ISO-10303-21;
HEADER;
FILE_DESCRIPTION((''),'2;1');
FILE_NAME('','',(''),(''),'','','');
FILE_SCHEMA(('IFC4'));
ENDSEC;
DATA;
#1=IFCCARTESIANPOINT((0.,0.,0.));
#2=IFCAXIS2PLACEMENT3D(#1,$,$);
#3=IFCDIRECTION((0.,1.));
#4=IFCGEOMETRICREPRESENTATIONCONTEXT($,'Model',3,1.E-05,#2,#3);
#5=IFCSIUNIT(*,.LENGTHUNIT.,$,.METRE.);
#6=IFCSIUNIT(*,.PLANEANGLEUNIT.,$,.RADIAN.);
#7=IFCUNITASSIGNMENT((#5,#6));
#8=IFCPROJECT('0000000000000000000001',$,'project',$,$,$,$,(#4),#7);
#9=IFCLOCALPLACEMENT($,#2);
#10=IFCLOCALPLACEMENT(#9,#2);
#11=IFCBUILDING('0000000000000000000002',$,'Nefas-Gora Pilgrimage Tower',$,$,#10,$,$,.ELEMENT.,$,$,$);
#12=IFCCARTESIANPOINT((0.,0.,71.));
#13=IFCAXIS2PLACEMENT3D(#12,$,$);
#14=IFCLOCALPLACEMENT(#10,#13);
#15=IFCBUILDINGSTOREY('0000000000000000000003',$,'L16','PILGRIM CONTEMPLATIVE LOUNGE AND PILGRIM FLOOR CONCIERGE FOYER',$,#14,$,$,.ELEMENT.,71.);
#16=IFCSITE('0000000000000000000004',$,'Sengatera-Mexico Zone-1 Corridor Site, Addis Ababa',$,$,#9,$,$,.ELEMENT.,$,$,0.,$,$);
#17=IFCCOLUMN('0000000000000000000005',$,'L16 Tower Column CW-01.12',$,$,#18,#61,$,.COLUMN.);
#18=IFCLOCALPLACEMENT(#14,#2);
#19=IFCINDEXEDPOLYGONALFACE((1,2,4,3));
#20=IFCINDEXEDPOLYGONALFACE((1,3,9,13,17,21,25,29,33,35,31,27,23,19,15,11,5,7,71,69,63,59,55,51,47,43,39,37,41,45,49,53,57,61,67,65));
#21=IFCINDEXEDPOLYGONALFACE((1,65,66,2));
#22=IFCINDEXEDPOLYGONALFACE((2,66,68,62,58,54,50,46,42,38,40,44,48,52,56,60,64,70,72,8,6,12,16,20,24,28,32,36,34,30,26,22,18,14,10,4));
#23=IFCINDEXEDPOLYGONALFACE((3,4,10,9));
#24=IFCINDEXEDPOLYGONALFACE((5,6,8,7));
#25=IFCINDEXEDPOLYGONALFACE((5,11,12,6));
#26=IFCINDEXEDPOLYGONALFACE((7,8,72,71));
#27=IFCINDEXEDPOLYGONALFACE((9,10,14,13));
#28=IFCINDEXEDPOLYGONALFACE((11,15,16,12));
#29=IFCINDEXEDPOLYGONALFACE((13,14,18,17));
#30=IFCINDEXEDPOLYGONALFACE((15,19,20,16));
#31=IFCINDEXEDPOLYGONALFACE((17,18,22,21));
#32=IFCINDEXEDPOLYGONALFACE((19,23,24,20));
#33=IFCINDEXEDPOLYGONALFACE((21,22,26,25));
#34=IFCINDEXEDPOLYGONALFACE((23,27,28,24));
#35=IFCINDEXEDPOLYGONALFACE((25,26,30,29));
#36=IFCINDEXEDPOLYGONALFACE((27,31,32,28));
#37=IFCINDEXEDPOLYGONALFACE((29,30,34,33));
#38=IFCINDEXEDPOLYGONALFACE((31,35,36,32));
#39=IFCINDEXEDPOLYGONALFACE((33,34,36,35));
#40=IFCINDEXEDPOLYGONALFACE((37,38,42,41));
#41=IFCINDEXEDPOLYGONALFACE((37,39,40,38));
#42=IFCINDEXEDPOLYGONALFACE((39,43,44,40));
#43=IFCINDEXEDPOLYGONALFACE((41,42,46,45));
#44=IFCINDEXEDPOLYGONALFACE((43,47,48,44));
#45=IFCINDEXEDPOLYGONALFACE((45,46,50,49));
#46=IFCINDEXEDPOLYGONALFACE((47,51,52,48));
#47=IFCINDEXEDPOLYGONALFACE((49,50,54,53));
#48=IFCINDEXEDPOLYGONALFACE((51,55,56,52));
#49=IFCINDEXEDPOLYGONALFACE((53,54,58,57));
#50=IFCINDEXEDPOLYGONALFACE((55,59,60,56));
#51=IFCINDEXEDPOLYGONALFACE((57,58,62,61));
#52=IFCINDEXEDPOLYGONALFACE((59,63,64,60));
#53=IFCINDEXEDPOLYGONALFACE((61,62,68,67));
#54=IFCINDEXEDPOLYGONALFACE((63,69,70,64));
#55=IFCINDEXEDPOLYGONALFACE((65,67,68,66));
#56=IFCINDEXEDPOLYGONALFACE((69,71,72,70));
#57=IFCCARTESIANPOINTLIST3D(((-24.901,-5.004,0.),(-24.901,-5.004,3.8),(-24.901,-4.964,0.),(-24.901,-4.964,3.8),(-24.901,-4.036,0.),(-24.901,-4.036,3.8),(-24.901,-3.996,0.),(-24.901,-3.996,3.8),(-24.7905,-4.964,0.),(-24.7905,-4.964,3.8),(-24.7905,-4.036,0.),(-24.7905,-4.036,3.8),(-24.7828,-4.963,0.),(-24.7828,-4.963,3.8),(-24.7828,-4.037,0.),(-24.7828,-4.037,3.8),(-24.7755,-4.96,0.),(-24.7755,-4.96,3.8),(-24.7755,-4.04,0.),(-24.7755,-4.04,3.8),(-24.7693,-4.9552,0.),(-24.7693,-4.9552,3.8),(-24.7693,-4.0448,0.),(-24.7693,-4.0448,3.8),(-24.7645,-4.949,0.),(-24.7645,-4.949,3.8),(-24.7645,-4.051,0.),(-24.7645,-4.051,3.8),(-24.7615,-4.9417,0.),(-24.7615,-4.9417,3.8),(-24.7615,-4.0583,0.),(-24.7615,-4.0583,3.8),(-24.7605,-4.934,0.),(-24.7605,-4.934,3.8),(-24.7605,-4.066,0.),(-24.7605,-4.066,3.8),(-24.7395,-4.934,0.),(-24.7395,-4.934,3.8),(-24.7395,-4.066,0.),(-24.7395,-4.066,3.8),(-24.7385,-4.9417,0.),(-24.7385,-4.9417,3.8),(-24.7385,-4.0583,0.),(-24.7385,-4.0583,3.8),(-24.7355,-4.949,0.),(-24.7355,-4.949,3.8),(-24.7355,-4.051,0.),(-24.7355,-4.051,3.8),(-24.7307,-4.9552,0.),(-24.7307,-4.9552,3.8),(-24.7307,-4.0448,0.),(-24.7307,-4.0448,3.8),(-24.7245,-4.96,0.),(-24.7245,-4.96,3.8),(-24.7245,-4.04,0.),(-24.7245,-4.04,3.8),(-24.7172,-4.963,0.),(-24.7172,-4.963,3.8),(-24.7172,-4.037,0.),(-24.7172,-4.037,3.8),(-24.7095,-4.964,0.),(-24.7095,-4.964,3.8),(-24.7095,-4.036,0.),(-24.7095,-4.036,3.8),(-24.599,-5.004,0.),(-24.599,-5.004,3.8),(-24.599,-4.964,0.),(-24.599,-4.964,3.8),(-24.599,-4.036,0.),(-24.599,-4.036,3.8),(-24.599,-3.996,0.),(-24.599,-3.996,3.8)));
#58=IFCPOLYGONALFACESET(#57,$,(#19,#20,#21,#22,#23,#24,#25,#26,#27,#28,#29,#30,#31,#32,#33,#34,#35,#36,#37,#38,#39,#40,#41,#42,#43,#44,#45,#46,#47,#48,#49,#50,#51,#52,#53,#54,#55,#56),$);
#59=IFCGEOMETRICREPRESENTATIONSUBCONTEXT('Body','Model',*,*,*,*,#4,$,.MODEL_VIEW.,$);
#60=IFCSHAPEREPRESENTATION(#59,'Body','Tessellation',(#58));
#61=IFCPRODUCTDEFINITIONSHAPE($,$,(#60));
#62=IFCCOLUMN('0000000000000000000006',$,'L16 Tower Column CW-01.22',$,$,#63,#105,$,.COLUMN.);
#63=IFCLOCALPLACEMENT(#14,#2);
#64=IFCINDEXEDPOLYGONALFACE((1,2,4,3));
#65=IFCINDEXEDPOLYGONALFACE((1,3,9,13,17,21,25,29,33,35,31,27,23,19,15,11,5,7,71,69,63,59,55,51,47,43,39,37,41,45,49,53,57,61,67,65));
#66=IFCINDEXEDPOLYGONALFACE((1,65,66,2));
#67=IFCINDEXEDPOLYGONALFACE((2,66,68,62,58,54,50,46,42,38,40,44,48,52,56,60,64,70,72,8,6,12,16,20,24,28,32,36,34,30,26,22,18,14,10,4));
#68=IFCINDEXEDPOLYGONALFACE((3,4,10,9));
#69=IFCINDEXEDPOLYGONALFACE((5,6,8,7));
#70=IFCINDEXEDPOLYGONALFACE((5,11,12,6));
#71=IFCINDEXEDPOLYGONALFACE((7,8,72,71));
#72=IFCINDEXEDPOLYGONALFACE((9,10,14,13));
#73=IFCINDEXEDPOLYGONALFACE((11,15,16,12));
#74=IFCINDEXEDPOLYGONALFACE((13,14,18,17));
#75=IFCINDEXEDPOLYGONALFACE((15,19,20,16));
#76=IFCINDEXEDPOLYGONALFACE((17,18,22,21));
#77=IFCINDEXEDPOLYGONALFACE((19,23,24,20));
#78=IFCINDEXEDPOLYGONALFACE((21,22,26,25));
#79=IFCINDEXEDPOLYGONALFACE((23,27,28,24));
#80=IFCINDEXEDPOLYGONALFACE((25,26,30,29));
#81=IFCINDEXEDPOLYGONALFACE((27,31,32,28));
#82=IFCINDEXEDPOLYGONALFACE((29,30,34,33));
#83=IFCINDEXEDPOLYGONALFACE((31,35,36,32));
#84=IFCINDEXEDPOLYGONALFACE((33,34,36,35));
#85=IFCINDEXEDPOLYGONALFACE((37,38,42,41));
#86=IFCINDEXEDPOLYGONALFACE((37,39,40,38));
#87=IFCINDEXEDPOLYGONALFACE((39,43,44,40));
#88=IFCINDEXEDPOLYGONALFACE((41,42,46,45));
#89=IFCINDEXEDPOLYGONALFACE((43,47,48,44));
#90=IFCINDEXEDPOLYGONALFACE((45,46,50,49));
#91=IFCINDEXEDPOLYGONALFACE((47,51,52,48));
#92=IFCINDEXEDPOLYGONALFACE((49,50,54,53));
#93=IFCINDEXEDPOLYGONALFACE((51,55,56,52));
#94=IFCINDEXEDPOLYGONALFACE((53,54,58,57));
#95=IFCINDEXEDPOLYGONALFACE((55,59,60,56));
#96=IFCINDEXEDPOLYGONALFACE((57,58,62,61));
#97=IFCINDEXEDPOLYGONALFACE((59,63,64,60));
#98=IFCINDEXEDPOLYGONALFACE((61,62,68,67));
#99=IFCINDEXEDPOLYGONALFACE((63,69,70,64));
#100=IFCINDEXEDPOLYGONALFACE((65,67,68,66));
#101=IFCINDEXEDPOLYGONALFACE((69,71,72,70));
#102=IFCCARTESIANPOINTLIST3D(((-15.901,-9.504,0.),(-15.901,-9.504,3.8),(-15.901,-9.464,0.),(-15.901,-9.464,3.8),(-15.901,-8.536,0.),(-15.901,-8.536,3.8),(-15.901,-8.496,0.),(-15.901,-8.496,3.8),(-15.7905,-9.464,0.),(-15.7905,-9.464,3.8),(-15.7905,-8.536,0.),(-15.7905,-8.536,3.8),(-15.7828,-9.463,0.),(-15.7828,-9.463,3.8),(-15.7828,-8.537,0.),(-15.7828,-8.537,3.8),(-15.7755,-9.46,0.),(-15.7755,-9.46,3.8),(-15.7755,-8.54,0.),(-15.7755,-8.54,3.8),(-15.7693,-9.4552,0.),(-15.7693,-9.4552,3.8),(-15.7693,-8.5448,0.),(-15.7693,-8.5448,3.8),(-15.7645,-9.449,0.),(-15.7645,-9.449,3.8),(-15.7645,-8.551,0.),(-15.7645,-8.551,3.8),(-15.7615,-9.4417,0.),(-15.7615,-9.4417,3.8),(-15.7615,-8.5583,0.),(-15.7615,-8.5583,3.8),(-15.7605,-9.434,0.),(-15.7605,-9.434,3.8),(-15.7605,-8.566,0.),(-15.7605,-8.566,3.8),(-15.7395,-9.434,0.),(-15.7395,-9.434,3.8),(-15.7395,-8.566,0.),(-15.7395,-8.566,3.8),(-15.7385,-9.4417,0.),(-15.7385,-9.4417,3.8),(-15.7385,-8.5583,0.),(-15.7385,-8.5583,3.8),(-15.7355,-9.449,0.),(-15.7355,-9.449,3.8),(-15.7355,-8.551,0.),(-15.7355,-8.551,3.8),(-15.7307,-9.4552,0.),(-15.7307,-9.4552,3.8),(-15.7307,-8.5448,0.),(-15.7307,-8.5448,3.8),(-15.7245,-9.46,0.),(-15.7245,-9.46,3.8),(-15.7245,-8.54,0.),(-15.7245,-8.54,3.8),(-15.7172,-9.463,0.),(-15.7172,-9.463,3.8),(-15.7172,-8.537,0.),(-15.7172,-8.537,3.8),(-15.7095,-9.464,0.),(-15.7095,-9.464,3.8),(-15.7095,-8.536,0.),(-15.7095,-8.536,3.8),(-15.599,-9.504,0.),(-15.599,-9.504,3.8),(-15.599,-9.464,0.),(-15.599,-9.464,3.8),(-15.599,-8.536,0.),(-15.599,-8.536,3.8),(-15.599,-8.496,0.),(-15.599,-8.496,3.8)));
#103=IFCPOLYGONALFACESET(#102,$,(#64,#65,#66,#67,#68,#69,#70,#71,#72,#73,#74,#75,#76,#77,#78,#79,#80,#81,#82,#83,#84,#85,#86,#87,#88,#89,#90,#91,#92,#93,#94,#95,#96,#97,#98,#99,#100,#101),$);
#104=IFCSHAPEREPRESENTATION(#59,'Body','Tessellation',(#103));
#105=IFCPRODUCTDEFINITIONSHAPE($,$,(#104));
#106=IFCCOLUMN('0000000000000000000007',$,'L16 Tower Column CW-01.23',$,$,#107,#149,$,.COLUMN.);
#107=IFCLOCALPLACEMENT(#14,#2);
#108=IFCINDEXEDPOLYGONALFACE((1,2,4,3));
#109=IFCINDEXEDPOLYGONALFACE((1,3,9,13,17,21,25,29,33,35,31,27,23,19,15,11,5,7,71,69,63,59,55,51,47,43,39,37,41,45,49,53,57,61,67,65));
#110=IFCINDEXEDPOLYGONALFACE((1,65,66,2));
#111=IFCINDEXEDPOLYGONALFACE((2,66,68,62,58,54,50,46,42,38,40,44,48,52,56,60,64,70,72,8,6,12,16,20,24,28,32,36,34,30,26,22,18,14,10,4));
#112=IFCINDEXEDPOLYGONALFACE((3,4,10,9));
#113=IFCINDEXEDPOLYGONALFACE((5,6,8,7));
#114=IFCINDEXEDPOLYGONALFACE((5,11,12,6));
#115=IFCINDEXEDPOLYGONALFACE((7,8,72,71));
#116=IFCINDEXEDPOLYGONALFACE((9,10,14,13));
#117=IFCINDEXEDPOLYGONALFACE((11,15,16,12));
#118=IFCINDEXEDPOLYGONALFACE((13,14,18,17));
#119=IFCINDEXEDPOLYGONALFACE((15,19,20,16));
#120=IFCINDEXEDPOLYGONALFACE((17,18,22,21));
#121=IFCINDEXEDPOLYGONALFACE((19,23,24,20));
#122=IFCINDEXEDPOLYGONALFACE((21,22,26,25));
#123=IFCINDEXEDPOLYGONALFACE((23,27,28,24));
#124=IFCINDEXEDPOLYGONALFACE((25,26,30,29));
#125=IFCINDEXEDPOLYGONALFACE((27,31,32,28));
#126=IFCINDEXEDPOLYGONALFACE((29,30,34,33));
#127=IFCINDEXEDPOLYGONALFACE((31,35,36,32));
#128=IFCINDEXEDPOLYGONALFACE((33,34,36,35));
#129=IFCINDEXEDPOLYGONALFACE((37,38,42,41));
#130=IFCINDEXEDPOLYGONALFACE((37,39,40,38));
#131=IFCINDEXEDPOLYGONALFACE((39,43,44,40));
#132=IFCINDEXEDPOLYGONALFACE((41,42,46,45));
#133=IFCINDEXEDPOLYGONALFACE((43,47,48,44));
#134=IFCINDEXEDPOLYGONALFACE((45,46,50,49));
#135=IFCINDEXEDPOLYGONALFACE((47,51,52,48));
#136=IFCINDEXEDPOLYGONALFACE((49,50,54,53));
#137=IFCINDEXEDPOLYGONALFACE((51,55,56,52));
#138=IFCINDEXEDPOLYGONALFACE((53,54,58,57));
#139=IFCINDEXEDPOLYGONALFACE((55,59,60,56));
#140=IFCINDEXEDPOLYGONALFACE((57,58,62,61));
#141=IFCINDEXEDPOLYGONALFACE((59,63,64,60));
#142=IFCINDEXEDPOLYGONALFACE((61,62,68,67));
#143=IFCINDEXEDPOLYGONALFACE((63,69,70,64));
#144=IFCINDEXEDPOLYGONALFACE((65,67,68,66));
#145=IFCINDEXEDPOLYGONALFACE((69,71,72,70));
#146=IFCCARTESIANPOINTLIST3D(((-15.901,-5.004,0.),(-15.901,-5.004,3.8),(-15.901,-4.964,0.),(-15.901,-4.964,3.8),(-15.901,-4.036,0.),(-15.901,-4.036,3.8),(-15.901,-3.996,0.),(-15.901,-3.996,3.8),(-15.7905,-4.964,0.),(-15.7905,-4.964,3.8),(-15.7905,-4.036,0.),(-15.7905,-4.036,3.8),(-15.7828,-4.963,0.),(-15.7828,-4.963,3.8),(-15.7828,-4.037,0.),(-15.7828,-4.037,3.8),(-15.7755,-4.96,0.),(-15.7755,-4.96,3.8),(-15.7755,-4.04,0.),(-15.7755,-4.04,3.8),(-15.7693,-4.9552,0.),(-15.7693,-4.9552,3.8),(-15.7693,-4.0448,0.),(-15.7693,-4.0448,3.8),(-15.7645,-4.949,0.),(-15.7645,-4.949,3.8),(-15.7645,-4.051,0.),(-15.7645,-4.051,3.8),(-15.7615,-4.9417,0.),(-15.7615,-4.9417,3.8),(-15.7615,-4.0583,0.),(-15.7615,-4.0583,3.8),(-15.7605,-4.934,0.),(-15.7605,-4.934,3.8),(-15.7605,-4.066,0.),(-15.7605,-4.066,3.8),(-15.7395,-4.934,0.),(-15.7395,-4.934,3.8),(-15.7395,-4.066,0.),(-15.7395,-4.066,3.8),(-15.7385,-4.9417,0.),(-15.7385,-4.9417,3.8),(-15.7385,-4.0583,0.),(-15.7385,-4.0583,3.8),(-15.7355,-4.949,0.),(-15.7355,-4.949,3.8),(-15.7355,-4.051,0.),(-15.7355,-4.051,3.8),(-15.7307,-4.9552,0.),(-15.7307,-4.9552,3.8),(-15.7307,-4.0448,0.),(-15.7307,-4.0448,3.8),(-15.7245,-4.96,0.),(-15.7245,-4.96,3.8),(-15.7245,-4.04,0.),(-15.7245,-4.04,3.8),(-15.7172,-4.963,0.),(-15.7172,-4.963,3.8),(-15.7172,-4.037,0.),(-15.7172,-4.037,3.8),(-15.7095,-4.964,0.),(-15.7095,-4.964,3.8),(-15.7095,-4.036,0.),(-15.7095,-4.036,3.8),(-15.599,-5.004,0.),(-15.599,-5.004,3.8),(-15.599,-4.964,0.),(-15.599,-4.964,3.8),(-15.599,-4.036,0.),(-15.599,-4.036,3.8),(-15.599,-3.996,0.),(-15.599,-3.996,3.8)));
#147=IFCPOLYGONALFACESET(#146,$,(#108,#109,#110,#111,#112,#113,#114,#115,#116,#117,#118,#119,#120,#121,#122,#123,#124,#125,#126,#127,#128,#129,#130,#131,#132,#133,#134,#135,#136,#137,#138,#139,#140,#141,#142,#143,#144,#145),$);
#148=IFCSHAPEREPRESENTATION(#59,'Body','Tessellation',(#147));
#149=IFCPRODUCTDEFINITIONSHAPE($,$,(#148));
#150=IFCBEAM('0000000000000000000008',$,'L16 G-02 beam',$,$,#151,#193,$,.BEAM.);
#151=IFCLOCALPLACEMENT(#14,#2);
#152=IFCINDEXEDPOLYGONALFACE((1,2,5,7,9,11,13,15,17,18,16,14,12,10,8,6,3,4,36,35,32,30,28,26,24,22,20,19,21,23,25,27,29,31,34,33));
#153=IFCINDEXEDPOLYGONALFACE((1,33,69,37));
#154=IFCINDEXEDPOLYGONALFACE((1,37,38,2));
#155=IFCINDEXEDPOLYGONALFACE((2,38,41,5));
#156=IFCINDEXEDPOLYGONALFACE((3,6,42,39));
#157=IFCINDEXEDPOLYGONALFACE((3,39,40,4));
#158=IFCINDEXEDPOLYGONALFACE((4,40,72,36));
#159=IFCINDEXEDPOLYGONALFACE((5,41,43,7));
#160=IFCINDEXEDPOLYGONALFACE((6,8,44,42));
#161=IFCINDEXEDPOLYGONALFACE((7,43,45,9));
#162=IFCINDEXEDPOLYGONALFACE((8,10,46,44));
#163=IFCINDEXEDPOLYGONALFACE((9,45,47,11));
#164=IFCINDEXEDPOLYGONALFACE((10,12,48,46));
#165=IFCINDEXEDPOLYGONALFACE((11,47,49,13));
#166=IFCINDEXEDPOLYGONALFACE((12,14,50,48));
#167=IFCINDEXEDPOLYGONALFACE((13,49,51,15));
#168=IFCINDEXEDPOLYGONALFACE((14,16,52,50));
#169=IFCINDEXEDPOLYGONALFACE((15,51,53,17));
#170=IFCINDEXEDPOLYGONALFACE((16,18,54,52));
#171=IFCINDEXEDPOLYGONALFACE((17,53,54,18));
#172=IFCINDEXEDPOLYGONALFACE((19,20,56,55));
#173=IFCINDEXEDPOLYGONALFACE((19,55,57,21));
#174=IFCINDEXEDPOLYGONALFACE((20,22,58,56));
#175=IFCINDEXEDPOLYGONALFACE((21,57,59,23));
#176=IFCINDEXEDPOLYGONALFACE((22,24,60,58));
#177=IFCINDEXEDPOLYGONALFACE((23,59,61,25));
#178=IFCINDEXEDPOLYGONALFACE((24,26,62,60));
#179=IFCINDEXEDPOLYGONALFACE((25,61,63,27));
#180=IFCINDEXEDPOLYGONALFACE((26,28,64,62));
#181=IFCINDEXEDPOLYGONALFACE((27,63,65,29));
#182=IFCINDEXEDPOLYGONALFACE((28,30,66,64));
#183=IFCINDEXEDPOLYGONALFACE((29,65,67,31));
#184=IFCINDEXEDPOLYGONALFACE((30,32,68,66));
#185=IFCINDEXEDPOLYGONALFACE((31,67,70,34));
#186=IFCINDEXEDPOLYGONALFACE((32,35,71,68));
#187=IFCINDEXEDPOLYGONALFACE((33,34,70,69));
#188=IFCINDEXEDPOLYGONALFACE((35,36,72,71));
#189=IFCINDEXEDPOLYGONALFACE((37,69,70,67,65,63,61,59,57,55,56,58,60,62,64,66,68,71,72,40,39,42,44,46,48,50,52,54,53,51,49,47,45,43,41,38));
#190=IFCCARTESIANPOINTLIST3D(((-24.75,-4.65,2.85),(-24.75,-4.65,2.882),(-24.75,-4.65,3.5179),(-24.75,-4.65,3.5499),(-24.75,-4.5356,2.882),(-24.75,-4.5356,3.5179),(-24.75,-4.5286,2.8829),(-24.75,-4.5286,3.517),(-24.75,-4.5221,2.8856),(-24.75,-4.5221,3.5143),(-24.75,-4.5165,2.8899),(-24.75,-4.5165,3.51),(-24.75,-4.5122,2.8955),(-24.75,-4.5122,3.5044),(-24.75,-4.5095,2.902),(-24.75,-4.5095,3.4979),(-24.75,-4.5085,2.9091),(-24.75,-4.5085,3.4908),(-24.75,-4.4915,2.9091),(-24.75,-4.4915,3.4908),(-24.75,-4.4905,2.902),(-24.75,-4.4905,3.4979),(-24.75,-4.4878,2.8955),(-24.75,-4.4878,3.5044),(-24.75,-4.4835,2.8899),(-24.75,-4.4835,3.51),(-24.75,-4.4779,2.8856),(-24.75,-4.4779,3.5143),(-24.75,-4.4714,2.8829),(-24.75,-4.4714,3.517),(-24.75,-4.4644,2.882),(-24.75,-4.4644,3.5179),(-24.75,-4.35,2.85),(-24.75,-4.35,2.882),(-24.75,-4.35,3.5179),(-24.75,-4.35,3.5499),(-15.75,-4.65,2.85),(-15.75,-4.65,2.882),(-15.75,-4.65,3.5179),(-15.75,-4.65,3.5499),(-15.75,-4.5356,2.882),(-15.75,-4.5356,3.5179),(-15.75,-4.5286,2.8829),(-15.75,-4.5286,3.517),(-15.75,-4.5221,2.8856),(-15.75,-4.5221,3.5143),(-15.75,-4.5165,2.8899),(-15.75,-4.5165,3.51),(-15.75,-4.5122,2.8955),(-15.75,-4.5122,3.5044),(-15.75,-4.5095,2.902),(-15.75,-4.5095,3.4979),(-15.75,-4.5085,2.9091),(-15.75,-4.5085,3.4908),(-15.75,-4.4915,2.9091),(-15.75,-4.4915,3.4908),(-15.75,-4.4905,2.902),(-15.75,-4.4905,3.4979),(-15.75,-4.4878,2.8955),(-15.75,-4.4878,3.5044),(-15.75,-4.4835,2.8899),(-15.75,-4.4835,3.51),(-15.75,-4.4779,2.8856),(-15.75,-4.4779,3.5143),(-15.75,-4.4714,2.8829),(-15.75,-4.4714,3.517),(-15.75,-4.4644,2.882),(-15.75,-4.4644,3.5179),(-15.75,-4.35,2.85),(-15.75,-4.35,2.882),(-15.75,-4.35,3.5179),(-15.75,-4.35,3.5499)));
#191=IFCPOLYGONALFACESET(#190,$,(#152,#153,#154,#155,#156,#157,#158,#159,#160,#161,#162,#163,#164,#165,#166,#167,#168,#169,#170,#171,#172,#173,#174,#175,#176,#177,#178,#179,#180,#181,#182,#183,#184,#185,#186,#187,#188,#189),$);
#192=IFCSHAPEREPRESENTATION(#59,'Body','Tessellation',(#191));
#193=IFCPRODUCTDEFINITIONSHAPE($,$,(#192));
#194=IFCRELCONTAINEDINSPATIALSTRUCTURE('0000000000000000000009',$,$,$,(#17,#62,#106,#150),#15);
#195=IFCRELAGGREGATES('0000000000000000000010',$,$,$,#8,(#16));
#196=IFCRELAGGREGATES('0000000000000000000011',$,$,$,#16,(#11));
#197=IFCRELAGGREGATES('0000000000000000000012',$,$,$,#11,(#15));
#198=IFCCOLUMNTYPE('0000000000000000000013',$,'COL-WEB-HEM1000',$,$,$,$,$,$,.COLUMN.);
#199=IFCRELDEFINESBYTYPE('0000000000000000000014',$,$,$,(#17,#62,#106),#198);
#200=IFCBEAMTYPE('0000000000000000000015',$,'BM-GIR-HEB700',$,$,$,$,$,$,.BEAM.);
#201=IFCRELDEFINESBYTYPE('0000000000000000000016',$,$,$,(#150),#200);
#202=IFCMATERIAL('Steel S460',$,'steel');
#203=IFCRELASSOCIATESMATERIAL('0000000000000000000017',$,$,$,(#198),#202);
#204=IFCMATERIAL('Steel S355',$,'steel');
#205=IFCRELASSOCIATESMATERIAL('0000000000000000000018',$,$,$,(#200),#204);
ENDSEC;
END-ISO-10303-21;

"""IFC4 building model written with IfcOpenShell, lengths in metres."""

from ifc_helpers import new_model, si_unit, direction, frame, origin, origin_2d, place, context, subcontext, project, spatial, i_section, extrude, source, transform, mapped, material, material_profile, profile_set, type_object, element, save


model = new_model("IFC4")

# Units and contexts
model_context = context("Model", 3, precision=1e-05, world=origin(), true_north=direction((0.0, 1.0)))
body_context = subcontext(model_context, "Body", "Model", "MODEL_VIEW")
ifc_project = project(units=[si_unit("LENGTHUNIT", "METRE"), si_unit("PLANEANGLEUNIT", "RADIAN")], contexts=[model_context])

# Site, building, storey
site_placement = place(None, origin())
site = spatial("IfcSite", under=ifc_project, at=site_placement, Name="Sengatera-Mexico Zone-1 Corridor Site, Addis Ababa", CompositionType="ELEMENT", RefElevation=0.0)
building_placement = place(site_placement, origin())
building = spatial("IfcBuilding", under=site, at=building_placement, Name="Nefas-Gora Pilgrimage Tower", CompositionType="ELEMENT")
storey_placement = place(building_placement, frame((0.0, 0.0, 71.0)))
storey = spatial("IfcBuildingStorey", under=building, at=storey_placement, Name="L16", Description="PILGRIM CONTEMPLATIVE LOUNGE AND PILGRIM FLOOR CONCIERGE FOYER", CompositionType="ELEMENT", Elevation=71.0)

# Columns
ifc_material_1 = material(Name="Steel S460", Category="steel")
ifc_material_profile_1 = material_profile(ifc_material_1, i_section(OverallWidth=0.302, OverallDepth=1.0081, WebThickness=0.021, FlangeThickness=0.04, FilletRadius=0.03, at=origin_2d()), Name="HEM 1000")
ifc_profile_set_1 = profile_set([ifc_material_profile_1], Name="Steel S460")
column_type = type_object("IfcColumnType", Name="COL-WEB-HEM1000", PredefinedType="COLUMN", material=ifc_profile_set_1)
shared_shape_1 = source(origin(), body_context, "Body", "SweptSolid", [
    extrude(i_section(OverallWidth=0.302, OverallDepth=1.0081, WebThickness=0.021, FlangeThickness=0.04, FilletRadius=0.03, at=origin_2d()), origin(), (0.0, 0.0, 1.0), 3.8),
])
for number, where, z_axis, x_axis, name in (
    (1, (-24.75, -4.5, 0.0), (0.0, 0.0, 1.0), (1.0, 0.0, 0.0), "L16 Tower Column CW-01.12"),
    (2, (-15.75, -9.0, 0.0), (0.0, 0.0, 1.0), (1.0, 0.0, 0.0), "L16 Tower Column CW-01.22"),
    (3, (-15.75, -4.5, 0.0), (0.0, 0.0, 1.0), (1.0, 0.0, 0.0), "L16 Tower Column CW-01.23"),
):
    element("IfcColumn", number, at=place(storey_placement, frame(where, z_axis=z_axis, x_axis=x_axis)), inside=storey, type_object=column_type, Name=name, PredefinedType="COLUMN", context=body_context, shape_type="MappedRepresentation", body=[
        mapped(shared_shape_1, transform((0.0, 0.0, 0.0), x_axis=(1.0, 0.0, 0.0), y_axis=(0.0, 1.0, 0.0), z_axis=(0.0, 0.0, 1.0), scale=1.0)),
    ])

# Beam
ifc_material_2 = material(Name="Steel S355", Category="steel")
ifc_material_profile_2 = material_profile(ifc_material_2, i_section(OverallWidth=0.3, OverallDepth=0.7, WebThickness=0.0171, FlangeThickness=0.032, FilletRadius=0.0271, at=origin_2d()), Name="HEB 700")
ifc_profile_set_2 = profile_set([ifc_material_profile_2], Name="Steel S355")
beam_type = type_object("IfcBeamType", Name="BM-GIR-HEB700", PredefinedType="BEAM", material=ifc_profile_set_2)
shared_shape_2 = source(origin(), body_context, "Body", "SweptSolid", [
    extrude(i_section(OverallWidth=0.3, OverallDepth=0.7, WebThickness=0.0171, FlangeThickness=0.032, FilletRadius=0.0271, at=origin_2d()), origin(), (0.0, 0.0, 1.0), 9.0),
])
beam_placement = place(storey_placement, frame((-24.75, -4.5, 3.2), z_axis=(1.0, 0.0, 0.0), x_axis=(0.0, 1.0, 0.0)))
element("IfcBeam", 4, at=beam_placement, inside=storey, type_object=beam_type, Name="L16 G-02 beam", PredefinedType="BEAM", context=body_context, shape_type="MappedRepresentation", body=[
    mapped(shared_shape_2, transform((0.0, 0.0, 0.0), x_axis=(1.0, 0.0, 0.0), y_axis=(0.0, 1.0, 0.0), z_axis=(0.0, 0.0, 1.0), scale=1.0)),
])

save(model, "model.ifc")
